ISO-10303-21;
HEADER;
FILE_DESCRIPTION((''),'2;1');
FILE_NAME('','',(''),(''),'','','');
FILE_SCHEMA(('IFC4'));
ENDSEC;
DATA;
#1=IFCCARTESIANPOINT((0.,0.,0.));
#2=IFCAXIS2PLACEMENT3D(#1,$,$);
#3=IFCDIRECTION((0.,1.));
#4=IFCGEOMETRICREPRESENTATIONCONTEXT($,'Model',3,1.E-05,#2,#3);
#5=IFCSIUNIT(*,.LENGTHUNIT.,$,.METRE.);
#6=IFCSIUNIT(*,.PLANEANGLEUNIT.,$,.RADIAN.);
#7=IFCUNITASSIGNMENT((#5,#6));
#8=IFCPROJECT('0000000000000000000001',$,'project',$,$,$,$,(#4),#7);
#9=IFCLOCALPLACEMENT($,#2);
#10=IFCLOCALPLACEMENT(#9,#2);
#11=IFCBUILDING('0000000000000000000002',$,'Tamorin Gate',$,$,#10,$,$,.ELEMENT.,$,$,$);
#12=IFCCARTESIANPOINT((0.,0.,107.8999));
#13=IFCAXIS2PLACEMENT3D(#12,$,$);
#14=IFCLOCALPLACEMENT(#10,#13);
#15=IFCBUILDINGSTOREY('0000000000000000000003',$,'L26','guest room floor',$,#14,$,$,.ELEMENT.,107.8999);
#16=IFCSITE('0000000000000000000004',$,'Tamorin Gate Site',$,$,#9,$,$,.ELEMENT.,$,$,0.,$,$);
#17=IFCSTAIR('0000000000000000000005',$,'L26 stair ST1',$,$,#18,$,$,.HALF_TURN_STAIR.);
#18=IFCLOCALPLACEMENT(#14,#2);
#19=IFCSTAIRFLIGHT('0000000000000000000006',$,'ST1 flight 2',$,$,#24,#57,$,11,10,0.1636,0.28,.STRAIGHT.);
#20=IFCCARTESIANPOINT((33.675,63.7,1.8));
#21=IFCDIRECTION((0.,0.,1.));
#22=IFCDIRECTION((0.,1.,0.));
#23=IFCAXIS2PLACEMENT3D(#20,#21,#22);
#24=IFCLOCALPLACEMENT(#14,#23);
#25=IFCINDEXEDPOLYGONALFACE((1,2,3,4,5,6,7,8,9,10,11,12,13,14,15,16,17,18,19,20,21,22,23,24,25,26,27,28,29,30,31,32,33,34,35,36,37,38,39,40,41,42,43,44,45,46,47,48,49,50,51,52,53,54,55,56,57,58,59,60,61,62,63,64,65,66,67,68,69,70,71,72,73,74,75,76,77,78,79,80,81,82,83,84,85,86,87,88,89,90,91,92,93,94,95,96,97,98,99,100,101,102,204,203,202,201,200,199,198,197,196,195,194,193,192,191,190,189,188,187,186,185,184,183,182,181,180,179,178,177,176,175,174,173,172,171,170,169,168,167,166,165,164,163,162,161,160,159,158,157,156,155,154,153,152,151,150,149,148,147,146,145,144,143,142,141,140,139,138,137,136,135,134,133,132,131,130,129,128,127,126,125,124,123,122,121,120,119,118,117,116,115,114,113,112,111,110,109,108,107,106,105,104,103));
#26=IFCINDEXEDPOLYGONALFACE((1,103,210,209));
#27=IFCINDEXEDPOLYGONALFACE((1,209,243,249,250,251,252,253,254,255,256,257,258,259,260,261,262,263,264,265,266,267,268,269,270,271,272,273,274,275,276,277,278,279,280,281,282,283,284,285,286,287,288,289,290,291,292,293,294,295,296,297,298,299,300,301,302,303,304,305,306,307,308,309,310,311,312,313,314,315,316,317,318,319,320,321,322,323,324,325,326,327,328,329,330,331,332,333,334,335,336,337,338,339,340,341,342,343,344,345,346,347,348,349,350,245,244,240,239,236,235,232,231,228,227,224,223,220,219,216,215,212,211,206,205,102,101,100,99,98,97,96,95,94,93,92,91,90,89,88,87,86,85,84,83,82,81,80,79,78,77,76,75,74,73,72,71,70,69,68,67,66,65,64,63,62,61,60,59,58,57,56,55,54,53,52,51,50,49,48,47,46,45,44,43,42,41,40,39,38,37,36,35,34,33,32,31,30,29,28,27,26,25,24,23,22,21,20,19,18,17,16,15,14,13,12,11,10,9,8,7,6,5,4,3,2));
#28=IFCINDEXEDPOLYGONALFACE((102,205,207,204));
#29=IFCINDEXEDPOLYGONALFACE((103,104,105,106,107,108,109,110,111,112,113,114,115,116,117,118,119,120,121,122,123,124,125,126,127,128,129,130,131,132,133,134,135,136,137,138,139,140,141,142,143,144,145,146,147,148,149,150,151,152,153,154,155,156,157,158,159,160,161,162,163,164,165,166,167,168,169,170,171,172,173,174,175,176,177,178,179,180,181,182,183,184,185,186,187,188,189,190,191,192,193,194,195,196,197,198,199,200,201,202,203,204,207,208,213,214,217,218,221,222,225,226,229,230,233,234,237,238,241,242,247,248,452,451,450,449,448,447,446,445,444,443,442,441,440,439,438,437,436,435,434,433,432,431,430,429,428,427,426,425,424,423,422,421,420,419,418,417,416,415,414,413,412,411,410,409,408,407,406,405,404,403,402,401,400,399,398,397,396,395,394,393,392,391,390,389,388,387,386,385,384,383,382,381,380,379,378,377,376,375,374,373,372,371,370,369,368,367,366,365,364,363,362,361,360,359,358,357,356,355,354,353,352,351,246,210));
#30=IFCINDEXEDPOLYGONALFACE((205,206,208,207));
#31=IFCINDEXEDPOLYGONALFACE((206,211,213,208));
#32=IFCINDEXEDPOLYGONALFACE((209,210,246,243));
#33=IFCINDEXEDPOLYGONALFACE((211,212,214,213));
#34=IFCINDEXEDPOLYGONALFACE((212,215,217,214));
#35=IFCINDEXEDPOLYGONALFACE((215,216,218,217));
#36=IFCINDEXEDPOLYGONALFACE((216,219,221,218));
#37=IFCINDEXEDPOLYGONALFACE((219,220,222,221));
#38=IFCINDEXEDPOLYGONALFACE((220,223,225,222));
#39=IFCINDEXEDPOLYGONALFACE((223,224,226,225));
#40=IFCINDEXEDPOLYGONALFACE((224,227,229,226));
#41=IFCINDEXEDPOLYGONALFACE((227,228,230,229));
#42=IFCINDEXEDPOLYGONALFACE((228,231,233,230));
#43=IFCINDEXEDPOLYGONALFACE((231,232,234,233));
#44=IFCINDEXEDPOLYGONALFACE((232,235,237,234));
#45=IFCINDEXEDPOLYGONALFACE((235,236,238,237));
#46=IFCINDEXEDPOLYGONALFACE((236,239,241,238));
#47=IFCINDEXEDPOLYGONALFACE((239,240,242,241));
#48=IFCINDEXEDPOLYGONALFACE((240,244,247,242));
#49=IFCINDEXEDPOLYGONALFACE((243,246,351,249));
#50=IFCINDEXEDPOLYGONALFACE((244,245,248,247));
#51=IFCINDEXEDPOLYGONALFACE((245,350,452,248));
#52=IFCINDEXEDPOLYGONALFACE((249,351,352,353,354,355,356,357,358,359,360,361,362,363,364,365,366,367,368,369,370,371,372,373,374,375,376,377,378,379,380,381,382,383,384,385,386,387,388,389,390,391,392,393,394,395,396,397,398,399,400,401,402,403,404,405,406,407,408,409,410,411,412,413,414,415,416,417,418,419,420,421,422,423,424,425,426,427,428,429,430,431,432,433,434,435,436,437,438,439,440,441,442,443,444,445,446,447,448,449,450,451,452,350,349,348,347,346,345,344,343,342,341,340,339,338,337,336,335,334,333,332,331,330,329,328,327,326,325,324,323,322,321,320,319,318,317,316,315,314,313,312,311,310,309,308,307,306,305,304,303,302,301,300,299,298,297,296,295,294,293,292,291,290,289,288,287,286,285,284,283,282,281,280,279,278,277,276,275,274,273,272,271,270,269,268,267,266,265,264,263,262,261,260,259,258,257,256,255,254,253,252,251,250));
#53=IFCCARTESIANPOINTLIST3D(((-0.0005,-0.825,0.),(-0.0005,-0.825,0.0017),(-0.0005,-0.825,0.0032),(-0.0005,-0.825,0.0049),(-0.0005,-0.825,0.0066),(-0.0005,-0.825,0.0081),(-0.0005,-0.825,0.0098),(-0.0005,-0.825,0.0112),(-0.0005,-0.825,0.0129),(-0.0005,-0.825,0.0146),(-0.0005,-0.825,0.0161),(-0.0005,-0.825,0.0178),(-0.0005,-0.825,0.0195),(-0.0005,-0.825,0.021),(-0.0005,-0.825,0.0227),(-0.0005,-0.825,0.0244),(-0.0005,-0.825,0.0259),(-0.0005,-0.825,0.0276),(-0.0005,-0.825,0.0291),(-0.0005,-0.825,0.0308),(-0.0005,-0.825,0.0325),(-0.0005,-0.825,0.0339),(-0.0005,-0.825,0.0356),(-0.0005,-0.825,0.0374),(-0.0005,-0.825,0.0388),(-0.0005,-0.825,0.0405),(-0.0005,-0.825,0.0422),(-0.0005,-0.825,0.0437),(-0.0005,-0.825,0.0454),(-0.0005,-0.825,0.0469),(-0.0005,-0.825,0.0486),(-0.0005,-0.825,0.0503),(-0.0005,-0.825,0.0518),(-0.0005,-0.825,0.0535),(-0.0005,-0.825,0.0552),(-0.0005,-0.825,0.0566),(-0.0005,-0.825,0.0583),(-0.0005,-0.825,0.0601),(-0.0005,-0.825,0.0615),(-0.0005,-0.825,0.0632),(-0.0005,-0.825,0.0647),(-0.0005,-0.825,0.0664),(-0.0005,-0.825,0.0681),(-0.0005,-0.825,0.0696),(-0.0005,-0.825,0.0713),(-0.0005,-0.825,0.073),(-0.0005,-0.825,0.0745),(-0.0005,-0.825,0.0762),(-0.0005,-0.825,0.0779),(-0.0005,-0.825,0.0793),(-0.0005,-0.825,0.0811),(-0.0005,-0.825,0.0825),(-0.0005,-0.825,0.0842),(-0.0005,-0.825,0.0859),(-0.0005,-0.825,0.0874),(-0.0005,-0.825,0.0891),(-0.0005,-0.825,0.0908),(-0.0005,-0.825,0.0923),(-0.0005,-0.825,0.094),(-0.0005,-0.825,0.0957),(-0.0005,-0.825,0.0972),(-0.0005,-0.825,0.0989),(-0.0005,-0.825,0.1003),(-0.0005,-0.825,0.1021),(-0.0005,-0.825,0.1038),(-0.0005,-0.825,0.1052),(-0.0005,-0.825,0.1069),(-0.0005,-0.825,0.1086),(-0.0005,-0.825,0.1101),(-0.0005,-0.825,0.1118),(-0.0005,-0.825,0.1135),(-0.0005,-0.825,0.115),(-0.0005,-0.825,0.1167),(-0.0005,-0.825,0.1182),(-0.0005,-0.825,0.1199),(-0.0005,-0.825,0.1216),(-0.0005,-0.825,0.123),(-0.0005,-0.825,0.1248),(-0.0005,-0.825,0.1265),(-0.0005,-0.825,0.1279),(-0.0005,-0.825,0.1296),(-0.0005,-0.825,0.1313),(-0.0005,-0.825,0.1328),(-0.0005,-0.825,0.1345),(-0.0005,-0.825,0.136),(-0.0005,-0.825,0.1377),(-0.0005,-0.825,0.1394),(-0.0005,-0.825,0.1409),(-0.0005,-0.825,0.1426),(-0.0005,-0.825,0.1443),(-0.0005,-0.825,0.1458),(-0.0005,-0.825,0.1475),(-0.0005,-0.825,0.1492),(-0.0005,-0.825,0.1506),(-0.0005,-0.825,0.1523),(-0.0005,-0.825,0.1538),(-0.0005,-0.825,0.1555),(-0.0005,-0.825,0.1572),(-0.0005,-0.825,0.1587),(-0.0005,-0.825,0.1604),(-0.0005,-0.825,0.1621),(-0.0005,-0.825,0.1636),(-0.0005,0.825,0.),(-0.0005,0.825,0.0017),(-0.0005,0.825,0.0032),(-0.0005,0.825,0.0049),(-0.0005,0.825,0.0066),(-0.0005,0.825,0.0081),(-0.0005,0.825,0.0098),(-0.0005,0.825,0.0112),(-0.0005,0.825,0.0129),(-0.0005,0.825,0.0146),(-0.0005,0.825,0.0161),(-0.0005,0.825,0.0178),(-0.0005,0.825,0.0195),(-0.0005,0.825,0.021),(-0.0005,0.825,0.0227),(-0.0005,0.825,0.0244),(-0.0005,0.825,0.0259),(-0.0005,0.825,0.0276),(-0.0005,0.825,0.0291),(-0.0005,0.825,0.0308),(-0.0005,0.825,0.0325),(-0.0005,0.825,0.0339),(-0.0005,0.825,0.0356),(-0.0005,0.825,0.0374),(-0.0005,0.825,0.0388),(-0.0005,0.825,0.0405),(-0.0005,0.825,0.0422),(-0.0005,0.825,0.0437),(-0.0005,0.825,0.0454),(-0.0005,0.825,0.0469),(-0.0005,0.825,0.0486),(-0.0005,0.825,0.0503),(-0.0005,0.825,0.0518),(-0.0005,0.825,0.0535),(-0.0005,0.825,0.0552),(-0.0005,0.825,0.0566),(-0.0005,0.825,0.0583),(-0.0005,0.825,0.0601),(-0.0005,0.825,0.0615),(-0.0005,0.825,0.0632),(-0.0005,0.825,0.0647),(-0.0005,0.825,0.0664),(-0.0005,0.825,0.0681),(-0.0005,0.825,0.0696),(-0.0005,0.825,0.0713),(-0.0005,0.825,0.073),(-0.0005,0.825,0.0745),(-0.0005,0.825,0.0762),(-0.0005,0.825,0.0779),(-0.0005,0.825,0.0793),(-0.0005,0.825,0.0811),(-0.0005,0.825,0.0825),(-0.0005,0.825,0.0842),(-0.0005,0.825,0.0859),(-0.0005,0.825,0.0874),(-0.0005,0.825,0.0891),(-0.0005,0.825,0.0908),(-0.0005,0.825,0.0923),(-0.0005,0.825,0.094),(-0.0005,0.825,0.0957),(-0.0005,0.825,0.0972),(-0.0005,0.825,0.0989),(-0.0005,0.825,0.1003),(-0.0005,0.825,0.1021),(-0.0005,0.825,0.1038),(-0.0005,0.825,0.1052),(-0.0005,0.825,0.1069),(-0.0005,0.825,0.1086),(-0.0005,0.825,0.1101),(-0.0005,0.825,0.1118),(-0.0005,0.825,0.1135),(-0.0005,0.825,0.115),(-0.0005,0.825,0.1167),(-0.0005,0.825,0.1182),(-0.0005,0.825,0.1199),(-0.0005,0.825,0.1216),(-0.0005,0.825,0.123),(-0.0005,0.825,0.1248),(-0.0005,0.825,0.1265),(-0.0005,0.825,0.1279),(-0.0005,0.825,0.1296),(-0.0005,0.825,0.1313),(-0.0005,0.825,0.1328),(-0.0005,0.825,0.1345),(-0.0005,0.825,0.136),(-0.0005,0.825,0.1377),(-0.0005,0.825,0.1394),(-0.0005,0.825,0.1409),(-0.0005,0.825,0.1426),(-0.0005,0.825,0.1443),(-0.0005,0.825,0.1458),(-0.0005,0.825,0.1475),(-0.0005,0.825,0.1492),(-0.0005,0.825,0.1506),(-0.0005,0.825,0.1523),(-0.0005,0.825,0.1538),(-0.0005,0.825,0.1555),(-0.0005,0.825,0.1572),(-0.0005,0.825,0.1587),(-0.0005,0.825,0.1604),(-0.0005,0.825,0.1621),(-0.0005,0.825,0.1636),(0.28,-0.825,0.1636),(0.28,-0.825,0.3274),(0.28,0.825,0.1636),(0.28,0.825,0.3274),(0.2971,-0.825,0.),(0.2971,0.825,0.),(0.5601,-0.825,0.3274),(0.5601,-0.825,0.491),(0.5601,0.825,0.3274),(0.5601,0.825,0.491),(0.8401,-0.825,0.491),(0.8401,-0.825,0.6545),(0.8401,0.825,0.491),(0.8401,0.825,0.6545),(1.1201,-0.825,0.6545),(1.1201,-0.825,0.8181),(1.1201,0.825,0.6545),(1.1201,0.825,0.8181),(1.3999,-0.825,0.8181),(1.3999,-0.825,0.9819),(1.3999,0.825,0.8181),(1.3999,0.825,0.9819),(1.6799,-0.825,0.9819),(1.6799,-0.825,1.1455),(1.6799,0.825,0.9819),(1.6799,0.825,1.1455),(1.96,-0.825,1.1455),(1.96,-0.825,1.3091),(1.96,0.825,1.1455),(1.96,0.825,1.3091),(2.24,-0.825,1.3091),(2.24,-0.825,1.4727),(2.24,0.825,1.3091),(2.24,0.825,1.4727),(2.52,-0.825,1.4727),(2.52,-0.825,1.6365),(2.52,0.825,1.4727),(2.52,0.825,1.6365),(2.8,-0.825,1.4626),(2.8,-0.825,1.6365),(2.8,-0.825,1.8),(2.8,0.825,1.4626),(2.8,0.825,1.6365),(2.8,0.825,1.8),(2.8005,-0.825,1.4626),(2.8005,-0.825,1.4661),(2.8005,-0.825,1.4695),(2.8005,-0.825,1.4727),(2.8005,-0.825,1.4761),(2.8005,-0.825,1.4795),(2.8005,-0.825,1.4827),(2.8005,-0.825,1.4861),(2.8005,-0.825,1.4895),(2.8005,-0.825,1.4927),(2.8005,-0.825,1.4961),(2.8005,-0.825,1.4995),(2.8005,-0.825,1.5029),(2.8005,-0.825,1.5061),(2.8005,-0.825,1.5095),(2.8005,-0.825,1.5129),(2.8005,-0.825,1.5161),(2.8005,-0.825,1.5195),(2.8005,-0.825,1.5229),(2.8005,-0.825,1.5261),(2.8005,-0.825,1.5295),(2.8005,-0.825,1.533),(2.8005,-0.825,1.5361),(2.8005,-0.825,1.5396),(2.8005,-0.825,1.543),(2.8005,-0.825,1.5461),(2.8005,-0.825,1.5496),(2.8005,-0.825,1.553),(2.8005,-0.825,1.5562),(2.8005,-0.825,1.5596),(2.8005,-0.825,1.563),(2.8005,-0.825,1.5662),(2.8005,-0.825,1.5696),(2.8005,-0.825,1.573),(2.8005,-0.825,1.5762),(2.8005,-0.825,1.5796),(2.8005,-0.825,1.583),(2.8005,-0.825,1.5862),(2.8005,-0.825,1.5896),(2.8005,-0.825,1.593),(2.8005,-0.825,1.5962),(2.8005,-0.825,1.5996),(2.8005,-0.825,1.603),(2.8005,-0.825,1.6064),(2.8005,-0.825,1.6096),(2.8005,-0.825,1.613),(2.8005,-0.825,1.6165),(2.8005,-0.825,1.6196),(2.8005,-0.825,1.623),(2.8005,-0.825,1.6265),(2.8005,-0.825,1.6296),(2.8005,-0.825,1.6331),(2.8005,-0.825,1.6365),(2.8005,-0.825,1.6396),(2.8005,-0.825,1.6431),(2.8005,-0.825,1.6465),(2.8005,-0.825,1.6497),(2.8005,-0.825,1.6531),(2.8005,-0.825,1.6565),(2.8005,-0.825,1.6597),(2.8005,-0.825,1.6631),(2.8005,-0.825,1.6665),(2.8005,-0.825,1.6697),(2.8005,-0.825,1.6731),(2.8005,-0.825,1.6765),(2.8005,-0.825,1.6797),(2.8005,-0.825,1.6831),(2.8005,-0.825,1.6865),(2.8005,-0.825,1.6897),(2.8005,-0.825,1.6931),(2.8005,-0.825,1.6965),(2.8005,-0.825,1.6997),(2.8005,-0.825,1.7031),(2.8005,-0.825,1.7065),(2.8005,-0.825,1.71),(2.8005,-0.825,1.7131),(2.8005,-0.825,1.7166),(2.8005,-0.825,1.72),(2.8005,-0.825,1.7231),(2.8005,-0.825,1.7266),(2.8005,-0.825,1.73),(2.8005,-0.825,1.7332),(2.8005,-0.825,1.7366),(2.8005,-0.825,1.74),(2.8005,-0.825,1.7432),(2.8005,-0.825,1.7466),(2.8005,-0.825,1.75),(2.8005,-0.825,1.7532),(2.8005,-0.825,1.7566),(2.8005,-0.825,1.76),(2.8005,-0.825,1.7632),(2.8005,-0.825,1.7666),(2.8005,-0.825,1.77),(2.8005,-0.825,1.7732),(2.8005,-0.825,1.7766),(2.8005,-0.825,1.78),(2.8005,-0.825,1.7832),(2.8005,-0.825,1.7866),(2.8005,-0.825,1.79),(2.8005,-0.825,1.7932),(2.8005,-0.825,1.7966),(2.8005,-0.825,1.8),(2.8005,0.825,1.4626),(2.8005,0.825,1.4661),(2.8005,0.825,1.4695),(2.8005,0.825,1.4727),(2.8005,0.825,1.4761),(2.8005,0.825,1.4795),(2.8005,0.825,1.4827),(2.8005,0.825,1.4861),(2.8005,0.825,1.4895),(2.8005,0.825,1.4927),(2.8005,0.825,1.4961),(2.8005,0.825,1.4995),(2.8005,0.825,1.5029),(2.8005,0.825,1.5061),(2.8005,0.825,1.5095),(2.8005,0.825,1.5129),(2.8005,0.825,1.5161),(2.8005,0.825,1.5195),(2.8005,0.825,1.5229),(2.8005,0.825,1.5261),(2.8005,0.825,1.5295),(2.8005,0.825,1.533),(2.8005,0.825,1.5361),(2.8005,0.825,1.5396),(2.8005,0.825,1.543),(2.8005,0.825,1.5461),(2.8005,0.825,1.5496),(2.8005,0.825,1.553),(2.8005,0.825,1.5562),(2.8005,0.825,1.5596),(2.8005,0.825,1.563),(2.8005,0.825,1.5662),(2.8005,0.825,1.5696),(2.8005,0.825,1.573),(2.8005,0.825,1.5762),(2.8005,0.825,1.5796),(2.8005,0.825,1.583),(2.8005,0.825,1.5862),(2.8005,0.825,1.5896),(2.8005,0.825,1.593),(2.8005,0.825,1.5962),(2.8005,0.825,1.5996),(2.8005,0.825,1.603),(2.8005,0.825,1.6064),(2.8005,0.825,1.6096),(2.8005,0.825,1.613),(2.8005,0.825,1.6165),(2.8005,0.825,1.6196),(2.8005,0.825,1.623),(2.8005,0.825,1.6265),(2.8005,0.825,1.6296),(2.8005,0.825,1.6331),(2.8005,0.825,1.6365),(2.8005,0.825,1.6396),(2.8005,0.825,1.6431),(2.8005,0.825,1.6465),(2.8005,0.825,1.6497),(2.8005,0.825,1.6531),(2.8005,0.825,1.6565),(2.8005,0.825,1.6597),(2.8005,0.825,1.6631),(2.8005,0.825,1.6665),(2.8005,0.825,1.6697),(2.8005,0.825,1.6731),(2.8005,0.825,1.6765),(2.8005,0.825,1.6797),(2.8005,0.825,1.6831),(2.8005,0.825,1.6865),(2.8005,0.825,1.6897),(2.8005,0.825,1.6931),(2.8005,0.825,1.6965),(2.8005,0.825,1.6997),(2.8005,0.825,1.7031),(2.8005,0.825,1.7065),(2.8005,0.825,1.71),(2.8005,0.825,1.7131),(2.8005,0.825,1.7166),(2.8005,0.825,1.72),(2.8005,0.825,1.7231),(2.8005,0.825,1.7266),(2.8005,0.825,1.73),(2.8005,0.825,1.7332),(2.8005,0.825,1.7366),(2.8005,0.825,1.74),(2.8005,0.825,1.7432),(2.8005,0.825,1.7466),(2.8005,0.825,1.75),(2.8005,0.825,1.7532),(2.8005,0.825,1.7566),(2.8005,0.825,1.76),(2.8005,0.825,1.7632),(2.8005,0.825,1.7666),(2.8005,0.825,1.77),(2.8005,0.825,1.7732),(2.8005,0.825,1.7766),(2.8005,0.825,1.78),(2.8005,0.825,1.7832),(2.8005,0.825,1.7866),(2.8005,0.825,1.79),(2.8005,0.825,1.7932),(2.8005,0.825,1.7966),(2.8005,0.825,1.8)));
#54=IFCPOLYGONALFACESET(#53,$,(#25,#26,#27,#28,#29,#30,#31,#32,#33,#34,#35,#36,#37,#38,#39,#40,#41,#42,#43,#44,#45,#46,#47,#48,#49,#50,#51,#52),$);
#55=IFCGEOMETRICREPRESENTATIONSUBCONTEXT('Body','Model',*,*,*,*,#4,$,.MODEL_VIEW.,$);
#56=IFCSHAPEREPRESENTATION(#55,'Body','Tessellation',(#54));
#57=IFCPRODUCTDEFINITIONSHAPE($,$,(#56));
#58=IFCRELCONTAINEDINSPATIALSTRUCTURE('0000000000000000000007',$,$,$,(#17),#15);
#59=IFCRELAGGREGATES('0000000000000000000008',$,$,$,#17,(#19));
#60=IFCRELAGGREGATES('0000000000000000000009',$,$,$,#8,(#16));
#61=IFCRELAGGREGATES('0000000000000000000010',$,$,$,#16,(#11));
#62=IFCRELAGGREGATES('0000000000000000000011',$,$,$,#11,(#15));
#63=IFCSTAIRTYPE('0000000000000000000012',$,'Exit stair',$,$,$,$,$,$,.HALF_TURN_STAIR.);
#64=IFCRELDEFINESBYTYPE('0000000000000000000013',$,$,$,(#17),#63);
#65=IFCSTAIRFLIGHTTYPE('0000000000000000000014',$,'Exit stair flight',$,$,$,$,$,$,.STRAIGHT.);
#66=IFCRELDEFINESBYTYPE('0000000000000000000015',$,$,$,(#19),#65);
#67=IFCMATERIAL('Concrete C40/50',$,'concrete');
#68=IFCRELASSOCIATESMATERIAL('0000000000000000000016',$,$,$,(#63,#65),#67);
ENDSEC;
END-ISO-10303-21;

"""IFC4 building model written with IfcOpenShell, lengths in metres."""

from ifc_helpers import new_model, si_unit, direction, frame, origin, place, context, subcontext, project, spatial, polyline, outline, extrude, material, type_object, element, aggregate, save


model = new_model("IFC4")

# Units and contexts
model_context = context("Model", 3, precision=1e-05, world=origin(), true_north=direction((0.0, 1.0)))
body_context = subcontext(model_context, "Body", "Model", "MODEL_VIEW")
ifc_project = project(units=[si_unit("LENGTHUNIT", "METRE"), si_unit("PLANEANGLEUNIT", "RADIAN")], contexts=[model_context])

# Site, building, storey
site_placement = place(None, origin())
site = spatial("IfcSite", under=ifc_project, at=site_placement, Name="Tamorin Gate Site", CompositionType="ELEMENT", RefElevation=0.0)
building_placement = place(site_placement, origin())
building = spatial("IfcBuilding", under=site, at=building_placement, Name="Tamorin Gate", CompositionType="ELEMENT")
storey_placement = place(building_placement, frame((0.0, 0.0, 107.8999)))
storey = spatial("IfcBuildingStorey", under=building, at=storey_placement, Name="L26", Description="guest room floor", CompositionType="ELEMENT", Elevation=107.8999)

# Shared definitions
ifc_material_1 = material(Name="Concrete C40/50", Category="concrete")

# Stair, stair flight
stair_type = type_object("IfcStairType", Name="Exit stair", PredefinedType="HALF_TURN_STAIR", material=ifc_material_1)
stair_placement = place(storey_placement, origin())
stair = element("IfcStair", 1, at=stair_placement, inside=storey, type_object=stair_type, Name="L26 stair ST1", PredefinedType="HALF_TURN_STAIR")
stair_flight_type = type_object("IfcStairFlightType", Name="Exit stair flight", PredefinedType="STRAIGHT", material=ifc_material_1)
stair_flight_1_placement = place(storey_placement, frame((33.675, 63.7, 1.8), z_axis=(0.0, 0.0, 1.0), x_axis=(0.0, 1.0, 0.0)))
stair_flight_1 = element("IfcStairFlight", 2, at=stair_flight_1_placement, type_object=stair_flight_type, Name="ST1 flight 2", NumberOfRisers=11, NumberOfTreads=10, PredefinedType="STRAIGHT", RiserHeight=0.1636, TreadLength=0.28, context=body_context, shape_type="SweptSolid", body=[
    extrude(outline(polyline([(-0.0005, 0.0), (-0.0005, 0.0017), (-0.0005, 0.0032), (-0.0005, 0.0049), (-0.0005, 0.0066), (-0.0005, 0.0081), (-0.0005, 0.0098), (-0.0005, 0.0112), (-0.0005, 0.0129), (-0.0005, 0.0146), (-0.0005, 0.0161), (-0.0005, 0.0178), (-0.0005, 0.0195), (-0.0005, 0.021), (-0.0005, 0.0227), (-0.0005, 0.0244), (-0.0005, 0.0259), (-0.0005, 0.0276), (-0.0005, 0.0291), (-0.0005, 0.0308), (-0.0005, 0.0325), (-0.0005, 0.0339), (-0.0005, 0.0356), (-0.0005, 0.0374), (-0.0005, 0.0388), (-0.0005, 0.0405), (-0.0005, 0.0422), (-0.0005, 0.0437), (-0.0005, 0.0454), (-0.0005, 0.0469), (-0.0005, 0.0486), (-0.0005, 0.0503), (-0.0005, 0.0518), (-0.0005, 0.0535), (-0.0005, 0.0552), (-0.0005, 0.0566), (-0.0005, 0.0583), (-0.0005, 0.0601), (-0.0005, 0.0615), (-0.0005, 0.0632), (-0.0005, 0.0647), (-0.0005, 0.0664), (-0.0005, 0.0681), (-0.0005, 0.0696), (-0.0005, 0.0713), (-0.0005, 0.073), (-0.0005, 0.0745), (-0.0005, 0.0762), (-0.0005, 0.0779), (-0.0005, 0.0793), (-0.0005, 0.0811), (-0.0005, 0.0825), (-0.0005, 0.0842), (-0.0005, 0.0859), (-0.0005, 0.0874), (-0.0005, 0.0891), (-0.0005, 0.0908), (-0.0005, 0.0923), (-0.0005, 0.094), (-0.0005, 0.0957), (-0.0005, 0.0972), (-0.0005, 0.0989), (-0.0005, 0.1003), (-0.0005, 0.1021), (-0.0005, 0.1038), (-0.0005, 0.1052), (-0.0005, 0.1069), (-0.0005, 0.1086), (-0.0005, 0.1101), (-0.0005, 0.1118), (-0.0005, 0.1135), (-0.0005, 0.115), (-0.0005, 0.1167), (-0.0005, 0.1182), (-0.0005, 0.1199), (-0.0005, 0.1216), (-0.0005, 0.123), (-0.0005, 0.1248), (-0.0005, 0.1265), (-0.0005, 0.1279), (-0.0005, 0.1296), (-0.0005, 0.1313), (-0.0005, 0.1328), (-0.0005, 0.1345), (-0.0005, 0.136), (-0.0005, 0.1377), (-0.0005, 0.1394), (-0.0005, 0.1409), (-0.0005, 0.1426), (-0.0005, 0.1443), (-0.0005, 0.1458), (-0.0005, 0.1475), (-0.0005, 0.1492), (-0.0005, 0.1506), (-0.0005, 0.1523), (-0.0005, 0.1538), (-0.0005, 0.1555), (-0.0005, 0.1572), (-0.0005, 0.1587), (-0.0005, 0.1604), (-0.0005, 0.1621), (-0.0005, 0.1636), (0.28, 0.1636), (0.28, 0.3274), (0.5601, 0.3274), (0.5601, 0.491), (0.8401, 0.491), (0.8401, 0.6545), (1.1201, 0.6545), (1.1201, 0.8181), (1.3999, 0.8181), (1.3999, 0.9819), (1.6799, 0.9819), (1.6799, 1.1455), (1.96, 1.1455), (1.96, 1.3091), (2.24, 1.3091), (2.24, 1.4727), (2.52, 1.4727), (2.52, 1.6365), (2.8, 1.6365), (2.8, 1.8), (2.8005, 1.8), (2.8005, 1.7966), (2.8005, 1.7932), (2.8005, 1.79), (2.8005, 1.7866), (2.8005, 1.7832), (2.8005, 1.78), (2.8005, 1.7766), (2.8005, 1.7732), (2.8005, 1.77), (2.8005, 1.7666), (2.8005, 1.7632), (2.8005, 1.76), (2.8005, 1.7566), (2.8005, 1.7532), (2.8005, 1.75), (2.8005, 1.7466), (2.8005, 1.7432), (2.8005, 1.74), (2.8005, 1.7366), (2.8005, 1.7332), (2.8005, 1.73), (2.8005, 1.7266), (2.8005, 1.7231), (2.8005, 1.72), (2.8005, 1.7166), (2.8005, 1.7131), (2.8005, 1.71), (2.8005, 1.7065), (2.8005, 1.7031), (2.8005, 1.6997), (2.8005, 1.6965), (2.8005, 1.6931), (2.8005, 1.6897), (2.8005, 1.6865), (2.8005, 1.6831), (2.8005, 1.6797), (2.8005, 1.6765), (2.8005, 1.6731), (2.8005, 1.6697), (2.8005, 1.6665), (2.8005, 1.6631), (2.8005, 1.6597), (2.8005, 1.6565), (2.8005, 1.6531), (2.8005, 1.6497), (2.8005, 1.6465), (2.8005, 1.6431), (2.8005, 1.6396), (2.8005, 1.6365), (2.8005, 1.6331), (2.8005, 1.6296), (2.8005, 1.6265), (2.8005, 1.623), (2.8005, 1.6196), (2.8005, 1.6165), (2.8005, 1.613), (2.8005, 1.6096), (2.8005, 1.6064), (2.8005, 1.603), (2.8005, 1.5996), (2.8005, 1.5962), (2.8005, 1.593), (2.8005, 1.5896), (2.8005, 1.5862), (2.8005, 1.583), (2.8005, 1.5796), (2.8005, 1.5762), (2.8005, 1.573), (2.8005, 1.5696), (2.8005, 1.5662), (2.8005, 1.563), (2.8005, 1.5596), (2.8005, 1.5562), (2.8005, 1.553), (2.8005, 1.5496), (2.8005, 1.5461), (2.8005, 1.543), (2.8005, 1.5396), (2.8005, 1.5361), (2.8005, 1.533), (2.8005, 1.5295), (2.8005, 1.5261), (2.8005, 1.5229), (2.8005, 1.5195), (2.8005, 1.5161), (2.8005, 1.5129), (2.8005, 1.5095), (2.8005, 1.5061), (2.8005, 1.5029), (2.8005, 1.4995), (2.8005, 1.4961), (2.8005, 1.4927), (2.8005, 1.4895), (2.8005, 1.4861), (2.8005, 1.4827), (2.8005, 1.4795), (2.8005, 1.4761), (2.8005, 1.4727), (2.8005, 1.4695), (2.8005, 1.4661), (2.8005, 1.4626), (2.8, 1.4626), (0.2971, 0.0), (-0.0005, 0.0)])), frame((0.0, 0.825, 0.0), z_axis=(0.0, -1.0, 0.0), x_axis=(1.0, 0.0, 0.0)), (0.0, 0.0, 1.0), 1.6499),
])
aggregate(stair, [stair_flight_1])

save(model, "model.ifc")
